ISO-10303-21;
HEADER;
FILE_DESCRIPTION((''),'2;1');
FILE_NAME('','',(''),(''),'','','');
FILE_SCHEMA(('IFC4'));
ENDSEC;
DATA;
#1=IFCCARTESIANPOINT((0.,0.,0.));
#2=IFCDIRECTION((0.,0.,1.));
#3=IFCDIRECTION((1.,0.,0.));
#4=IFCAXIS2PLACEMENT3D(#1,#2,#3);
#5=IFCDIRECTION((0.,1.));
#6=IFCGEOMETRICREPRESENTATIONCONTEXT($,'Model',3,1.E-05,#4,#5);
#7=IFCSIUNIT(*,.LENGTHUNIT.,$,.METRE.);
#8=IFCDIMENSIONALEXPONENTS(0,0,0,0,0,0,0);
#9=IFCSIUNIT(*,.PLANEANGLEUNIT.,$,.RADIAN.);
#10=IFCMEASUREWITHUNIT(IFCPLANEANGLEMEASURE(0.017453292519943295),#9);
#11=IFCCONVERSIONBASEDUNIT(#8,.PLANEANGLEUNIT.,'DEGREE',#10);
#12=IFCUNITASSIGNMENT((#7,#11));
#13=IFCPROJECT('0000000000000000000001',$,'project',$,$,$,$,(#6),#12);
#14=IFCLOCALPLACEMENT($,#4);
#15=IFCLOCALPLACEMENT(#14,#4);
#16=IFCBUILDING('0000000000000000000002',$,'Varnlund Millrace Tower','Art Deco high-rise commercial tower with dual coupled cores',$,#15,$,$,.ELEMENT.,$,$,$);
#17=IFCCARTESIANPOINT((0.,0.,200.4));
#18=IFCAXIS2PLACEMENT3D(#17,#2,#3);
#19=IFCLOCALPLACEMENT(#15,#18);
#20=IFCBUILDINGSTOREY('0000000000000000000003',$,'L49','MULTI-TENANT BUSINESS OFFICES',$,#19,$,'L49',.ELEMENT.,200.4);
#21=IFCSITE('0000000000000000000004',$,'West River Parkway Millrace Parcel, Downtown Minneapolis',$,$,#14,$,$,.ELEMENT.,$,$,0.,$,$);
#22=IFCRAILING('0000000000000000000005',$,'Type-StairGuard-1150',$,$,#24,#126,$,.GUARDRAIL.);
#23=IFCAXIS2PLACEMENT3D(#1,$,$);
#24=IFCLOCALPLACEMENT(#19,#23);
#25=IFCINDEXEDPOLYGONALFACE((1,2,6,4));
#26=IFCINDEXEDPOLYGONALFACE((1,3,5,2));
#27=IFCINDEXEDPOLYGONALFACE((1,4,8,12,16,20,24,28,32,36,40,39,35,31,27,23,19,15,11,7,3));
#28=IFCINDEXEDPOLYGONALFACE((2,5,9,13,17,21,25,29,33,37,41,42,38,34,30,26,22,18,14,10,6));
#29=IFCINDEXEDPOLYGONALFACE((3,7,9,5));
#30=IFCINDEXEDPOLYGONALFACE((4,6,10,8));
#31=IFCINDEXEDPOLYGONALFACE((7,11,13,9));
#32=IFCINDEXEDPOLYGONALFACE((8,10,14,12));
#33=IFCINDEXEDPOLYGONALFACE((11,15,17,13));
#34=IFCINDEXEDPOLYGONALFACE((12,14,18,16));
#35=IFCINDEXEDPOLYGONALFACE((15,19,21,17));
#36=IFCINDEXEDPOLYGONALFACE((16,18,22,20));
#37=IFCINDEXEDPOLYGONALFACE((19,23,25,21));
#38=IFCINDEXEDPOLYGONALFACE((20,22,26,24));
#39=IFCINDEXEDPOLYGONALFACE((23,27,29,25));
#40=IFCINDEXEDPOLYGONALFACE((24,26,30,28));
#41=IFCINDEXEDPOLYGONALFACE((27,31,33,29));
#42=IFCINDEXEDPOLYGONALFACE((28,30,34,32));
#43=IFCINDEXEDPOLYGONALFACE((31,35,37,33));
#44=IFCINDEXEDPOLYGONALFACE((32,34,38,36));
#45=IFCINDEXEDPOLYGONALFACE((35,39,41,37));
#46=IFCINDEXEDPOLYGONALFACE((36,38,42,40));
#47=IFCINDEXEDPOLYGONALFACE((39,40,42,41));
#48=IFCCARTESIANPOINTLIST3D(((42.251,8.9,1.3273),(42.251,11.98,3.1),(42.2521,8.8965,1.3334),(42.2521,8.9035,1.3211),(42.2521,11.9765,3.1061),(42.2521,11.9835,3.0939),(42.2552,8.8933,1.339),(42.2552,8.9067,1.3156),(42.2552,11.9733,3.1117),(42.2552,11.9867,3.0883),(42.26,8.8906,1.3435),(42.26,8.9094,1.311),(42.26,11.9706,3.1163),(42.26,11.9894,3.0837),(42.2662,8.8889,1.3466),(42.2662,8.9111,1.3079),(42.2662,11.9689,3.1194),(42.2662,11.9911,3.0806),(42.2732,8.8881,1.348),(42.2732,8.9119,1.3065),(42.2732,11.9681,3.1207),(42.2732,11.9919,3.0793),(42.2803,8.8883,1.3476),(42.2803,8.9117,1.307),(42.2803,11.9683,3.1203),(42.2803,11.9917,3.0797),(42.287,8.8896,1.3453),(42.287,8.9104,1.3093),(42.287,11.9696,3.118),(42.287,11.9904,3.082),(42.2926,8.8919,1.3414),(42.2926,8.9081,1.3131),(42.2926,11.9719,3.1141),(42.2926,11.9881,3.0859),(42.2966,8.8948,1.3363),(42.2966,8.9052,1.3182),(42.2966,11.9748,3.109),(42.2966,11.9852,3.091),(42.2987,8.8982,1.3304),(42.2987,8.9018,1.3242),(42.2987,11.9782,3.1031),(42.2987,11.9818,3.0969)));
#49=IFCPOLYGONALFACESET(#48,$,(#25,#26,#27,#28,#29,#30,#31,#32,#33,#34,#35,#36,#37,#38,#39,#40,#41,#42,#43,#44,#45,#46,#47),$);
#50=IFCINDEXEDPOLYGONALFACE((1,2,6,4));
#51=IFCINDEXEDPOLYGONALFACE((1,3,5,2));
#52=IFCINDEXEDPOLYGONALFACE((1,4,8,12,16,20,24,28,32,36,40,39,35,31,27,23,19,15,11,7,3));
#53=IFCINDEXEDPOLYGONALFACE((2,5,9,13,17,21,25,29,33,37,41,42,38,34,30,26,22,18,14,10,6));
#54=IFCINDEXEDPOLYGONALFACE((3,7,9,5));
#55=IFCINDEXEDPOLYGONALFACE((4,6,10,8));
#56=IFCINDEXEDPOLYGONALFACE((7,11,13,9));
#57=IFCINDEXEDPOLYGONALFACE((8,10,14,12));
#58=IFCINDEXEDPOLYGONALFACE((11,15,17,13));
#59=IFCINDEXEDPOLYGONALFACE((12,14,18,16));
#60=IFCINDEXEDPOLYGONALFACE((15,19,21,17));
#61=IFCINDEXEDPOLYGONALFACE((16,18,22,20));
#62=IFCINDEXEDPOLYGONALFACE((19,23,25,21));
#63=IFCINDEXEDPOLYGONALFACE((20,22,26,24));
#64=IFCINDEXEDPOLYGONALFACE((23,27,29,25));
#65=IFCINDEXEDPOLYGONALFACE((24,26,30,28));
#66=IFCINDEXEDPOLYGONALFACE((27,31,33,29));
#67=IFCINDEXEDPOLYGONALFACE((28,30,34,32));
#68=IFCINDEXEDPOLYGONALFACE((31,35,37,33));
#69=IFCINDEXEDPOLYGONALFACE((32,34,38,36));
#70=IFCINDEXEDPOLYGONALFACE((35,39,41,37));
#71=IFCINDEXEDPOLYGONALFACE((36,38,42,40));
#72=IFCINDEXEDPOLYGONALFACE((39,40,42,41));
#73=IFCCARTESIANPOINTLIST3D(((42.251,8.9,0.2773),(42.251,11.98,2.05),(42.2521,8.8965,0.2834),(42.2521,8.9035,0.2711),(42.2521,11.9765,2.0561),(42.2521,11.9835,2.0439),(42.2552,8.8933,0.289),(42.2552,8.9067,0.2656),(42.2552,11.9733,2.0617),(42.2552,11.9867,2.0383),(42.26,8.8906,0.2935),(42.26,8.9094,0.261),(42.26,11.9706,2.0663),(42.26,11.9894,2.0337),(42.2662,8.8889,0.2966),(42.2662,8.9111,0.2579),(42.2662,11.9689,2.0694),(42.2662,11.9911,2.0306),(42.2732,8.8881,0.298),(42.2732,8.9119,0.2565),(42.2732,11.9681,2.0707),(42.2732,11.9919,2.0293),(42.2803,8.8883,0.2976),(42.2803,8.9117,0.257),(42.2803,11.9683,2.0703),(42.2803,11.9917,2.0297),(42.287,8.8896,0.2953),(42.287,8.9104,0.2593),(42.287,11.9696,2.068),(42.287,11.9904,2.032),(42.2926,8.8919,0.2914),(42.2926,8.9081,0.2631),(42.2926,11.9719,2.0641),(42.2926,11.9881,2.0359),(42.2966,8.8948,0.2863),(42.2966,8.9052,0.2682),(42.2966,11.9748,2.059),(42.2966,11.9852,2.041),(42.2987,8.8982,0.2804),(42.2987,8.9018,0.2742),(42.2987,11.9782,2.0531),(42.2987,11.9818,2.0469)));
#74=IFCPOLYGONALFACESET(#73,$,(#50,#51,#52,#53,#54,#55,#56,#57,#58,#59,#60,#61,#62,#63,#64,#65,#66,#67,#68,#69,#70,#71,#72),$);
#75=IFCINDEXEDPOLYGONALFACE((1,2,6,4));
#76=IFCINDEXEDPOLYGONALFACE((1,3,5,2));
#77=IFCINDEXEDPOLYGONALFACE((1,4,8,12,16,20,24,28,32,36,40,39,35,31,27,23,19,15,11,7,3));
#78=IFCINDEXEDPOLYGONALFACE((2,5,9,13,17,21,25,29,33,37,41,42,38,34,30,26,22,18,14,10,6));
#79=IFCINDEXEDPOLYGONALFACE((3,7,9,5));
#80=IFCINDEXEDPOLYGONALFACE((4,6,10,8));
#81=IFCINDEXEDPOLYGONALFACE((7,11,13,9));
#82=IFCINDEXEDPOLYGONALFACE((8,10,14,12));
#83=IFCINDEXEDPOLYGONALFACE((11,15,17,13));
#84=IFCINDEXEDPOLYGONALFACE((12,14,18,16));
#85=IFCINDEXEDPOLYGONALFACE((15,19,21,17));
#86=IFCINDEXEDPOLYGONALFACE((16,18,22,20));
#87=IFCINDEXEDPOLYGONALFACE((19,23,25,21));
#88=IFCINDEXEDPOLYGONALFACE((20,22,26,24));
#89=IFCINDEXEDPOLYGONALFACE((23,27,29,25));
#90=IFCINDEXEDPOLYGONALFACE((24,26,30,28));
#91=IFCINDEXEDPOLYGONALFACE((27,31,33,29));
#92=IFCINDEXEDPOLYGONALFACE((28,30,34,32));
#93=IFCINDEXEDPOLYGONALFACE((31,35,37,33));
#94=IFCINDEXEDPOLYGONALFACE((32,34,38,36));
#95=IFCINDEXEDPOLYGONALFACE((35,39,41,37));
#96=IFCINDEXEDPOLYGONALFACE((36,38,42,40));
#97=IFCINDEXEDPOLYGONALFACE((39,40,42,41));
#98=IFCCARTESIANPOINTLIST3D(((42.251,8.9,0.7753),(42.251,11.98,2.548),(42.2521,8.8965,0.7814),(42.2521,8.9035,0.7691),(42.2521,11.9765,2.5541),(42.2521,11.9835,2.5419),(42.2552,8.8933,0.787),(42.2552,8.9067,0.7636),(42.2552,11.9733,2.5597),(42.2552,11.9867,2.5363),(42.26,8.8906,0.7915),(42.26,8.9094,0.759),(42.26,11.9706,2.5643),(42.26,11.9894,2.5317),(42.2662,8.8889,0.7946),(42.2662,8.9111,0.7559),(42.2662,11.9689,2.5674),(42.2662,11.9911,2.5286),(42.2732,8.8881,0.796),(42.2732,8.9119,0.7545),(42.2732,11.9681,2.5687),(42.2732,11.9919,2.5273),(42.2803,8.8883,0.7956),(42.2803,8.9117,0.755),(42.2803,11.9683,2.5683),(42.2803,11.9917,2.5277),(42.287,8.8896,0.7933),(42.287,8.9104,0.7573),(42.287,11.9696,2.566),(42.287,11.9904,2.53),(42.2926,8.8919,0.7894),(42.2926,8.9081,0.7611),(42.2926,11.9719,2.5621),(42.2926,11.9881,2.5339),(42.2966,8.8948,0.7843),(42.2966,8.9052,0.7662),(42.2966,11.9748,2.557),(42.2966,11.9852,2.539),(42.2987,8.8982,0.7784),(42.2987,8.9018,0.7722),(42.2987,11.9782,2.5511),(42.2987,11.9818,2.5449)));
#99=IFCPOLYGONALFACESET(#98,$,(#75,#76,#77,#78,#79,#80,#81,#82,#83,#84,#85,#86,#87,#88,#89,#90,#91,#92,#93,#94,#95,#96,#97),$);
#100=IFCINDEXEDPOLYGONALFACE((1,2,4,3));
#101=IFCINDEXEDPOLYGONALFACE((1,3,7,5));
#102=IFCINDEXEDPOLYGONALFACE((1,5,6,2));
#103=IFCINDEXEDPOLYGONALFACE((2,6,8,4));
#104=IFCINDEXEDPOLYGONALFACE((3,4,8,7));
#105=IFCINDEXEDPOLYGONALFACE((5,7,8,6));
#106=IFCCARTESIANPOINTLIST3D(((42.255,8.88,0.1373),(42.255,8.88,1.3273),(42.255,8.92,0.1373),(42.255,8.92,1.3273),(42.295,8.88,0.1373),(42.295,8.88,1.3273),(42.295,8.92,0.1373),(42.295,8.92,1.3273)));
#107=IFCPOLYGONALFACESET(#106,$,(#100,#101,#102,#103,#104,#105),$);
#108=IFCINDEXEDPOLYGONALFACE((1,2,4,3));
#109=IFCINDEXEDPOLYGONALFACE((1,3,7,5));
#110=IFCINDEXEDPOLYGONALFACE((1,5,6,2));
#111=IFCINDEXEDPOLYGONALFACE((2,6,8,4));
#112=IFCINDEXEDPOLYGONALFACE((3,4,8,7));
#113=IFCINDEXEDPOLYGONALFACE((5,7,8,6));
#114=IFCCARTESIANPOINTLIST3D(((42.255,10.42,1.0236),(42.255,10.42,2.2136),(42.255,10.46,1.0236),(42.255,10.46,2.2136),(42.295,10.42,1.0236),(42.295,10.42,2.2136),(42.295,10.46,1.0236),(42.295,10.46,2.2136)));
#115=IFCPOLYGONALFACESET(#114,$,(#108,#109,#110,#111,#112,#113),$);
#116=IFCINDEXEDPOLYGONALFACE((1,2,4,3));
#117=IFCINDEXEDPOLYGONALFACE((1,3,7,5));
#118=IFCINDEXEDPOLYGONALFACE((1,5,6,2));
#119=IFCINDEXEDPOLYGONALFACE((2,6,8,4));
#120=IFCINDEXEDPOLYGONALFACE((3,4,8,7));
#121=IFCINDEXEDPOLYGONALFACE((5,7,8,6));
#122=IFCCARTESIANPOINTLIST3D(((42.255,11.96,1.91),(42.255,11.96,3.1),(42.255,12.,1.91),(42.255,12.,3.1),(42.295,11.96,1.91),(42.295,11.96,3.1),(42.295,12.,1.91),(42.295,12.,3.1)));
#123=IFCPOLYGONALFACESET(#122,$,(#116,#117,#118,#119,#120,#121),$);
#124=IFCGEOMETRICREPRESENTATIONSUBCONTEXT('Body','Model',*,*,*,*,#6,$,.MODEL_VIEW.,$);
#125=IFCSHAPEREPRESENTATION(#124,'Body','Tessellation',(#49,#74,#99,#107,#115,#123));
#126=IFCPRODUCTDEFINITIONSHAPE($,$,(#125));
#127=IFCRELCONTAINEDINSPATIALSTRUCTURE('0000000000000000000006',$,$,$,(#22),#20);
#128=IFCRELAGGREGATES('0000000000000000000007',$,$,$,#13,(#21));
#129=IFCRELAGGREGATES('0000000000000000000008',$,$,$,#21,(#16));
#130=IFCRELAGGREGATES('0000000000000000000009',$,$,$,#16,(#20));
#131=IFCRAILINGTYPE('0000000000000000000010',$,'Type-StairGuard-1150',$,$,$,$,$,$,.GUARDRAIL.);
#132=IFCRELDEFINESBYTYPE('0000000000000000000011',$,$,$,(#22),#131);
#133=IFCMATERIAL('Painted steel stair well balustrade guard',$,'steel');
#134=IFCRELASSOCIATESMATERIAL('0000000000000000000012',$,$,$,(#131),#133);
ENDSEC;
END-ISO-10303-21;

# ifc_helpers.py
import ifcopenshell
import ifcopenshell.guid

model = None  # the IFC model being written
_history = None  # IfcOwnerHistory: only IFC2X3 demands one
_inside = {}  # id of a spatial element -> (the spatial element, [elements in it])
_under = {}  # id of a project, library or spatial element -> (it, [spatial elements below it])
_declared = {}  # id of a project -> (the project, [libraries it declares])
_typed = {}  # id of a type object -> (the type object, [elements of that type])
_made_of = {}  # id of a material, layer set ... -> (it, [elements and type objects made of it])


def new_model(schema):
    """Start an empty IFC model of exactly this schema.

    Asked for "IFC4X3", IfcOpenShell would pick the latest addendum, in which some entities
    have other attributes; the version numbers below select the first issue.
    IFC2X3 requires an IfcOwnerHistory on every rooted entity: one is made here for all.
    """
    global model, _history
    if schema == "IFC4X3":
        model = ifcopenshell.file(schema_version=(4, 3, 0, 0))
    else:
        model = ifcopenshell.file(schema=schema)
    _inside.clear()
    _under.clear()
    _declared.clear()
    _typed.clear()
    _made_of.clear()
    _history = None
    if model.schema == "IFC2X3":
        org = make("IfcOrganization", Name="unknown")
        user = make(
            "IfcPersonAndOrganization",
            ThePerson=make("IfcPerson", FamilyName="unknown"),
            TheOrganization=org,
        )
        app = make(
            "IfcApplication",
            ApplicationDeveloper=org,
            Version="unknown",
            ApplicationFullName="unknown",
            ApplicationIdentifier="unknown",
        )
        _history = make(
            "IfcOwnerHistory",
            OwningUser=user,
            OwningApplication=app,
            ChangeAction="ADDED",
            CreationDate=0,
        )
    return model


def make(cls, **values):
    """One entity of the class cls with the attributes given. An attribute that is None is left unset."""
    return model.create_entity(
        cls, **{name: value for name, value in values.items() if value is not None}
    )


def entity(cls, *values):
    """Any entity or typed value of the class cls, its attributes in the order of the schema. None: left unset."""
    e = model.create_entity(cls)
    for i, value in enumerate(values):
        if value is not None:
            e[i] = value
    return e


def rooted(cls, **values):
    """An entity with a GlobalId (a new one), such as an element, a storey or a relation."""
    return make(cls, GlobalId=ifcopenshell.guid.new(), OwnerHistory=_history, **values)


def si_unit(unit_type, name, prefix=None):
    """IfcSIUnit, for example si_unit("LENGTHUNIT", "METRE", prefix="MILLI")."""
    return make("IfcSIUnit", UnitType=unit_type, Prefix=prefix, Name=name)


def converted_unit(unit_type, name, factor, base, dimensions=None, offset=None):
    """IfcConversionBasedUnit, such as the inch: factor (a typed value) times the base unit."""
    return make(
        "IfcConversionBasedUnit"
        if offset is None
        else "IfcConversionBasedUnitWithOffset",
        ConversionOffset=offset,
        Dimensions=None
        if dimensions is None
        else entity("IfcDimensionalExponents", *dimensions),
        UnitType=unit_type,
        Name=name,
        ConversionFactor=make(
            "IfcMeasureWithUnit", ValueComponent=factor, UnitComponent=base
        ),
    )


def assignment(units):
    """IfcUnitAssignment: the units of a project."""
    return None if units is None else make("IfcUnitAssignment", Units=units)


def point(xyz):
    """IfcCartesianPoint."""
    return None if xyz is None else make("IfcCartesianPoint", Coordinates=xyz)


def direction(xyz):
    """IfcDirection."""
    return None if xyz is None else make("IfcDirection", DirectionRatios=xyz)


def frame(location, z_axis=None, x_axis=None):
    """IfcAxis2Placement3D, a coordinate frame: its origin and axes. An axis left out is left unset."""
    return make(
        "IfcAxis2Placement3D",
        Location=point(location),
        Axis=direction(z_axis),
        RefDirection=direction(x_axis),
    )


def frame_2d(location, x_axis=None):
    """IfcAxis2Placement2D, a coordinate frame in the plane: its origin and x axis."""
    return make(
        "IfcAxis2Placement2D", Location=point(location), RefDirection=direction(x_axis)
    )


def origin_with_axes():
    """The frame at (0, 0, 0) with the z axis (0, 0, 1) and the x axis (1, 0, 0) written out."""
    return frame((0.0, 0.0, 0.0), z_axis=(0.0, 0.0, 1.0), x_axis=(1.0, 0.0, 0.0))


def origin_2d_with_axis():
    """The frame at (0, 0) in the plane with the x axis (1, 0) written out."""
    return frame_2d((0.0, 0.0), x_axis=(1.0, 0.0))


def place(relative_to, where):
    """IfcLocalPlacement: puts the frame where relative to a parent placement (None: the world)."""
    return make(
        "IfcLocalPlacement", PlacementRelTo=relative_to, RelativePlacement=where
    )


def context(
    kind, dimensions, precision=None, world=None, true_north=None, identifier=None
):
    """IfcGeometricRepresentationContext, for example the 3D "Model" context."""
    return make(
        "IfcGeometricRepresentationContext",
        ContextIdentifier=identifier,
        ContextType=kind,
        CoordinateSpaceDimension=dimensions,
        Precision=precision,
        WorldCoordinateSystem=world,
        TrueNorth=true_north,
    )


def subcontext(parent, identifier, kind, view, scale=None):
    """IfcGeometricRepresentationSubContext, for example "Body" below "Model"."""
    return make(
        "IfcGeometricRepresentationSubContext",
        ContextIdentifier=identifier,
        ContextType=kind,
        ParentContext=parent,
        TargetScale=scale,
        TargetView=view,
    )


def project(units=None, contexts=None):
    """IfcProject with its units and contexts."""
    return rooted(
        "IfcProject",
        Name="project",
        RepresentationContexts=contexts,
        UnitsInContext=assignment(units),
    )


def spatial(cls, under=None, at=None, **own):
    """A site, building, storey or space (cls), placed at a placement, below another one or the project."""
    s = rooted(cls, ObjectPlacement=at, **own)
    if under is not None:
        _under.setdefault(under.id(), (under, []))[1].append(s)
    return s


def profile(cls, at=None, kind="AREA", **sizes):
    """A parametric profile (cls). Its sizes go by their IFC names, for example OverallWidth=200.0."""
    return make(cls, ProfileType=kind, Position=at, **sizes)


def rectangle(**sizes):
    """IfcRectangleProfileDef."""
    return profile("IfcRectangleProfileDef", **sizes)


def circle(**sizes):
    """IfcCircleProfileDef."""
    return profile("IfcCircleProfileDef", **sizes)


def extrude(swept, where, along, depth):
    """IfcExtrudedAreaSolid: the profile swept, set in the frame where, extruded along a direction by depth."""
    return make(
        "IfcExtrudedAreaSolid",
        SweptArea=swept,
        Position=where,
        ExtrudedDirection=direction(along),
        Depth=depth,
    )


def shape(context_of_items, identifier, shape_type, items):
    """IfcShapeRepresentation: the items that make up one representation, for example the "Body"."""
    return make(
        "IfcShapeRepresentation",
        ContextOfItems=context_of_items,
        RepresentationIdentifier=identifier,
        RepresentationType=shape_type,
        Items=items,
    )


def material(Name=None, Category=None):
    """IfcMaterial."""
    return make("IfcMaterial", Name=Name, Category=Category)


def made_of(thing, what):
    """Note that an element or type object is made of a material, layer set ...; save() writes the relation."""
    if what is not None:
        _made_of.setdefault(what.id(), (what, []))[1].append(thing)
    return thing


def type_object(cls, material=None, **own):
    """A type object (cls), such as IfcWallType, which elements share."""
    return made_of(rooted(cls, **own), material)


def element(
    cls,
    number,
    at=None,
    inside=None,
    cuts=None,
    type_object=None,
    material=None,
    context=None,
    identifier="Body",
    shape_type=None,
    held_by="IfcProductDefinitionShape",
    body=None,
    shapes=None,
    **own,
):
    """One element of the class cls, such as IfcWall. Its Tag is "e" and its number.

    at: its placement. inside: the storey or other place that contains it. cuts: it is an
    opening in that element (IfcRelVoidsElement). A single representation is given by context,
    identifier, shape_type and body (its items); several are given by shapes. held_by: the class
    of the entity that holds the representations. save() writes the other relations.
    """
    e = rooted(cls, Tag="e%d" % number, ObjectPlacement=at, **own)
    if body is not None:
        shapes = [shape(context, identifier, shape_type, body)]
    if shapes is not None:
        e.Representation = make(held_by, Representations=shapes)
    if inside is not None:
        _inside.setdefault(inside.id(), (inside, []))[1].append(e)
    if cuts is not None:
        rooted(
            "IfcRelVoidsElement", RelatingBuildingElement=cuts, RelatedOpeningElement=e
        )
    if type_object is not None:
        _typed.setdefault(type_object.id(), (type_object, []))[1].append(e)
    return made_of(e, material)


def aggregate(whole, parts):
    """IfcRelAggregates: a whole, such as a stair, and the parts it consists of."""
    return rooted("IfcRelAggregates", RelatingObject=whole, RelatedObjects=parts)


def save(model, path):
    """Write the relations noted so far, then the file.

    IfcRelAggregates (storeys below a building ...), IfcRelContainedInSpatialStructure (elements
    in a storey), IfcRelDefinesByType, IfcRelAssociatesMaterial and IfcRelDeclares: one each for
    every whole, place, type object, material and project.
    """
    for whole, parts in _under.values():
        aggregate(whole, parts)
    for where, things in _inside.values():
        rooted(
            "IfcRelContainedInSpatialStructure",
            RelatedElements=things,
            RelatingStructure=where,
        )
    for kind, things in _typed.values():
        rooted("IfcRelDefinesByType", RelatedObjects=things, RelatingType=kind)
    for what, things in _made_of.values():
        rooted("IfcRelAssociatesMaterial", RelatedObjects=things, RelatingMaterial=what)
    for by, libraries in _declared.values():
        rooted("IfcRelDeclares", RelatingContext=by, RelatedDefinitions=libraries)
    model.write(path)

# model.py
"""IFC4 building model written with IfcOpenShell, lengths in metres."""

from ifc_helpers import new_model, entity, si_unit, converted_unit, direction, frame, origin_with_axes, origin_2d_with_axis, place, context, subcontext, project, spatial, rectangle, circle, extrude, material, type_object, element, save


model = new_model("IFC4")

# Units and contexts
model_context = context("Model", 3, precision=1e-05, world=origin_with_axes(), true_north=direction((0.0, 1.0)))
body_context = subcontext(model_context, "Body", "Model", "MODEL_VIEW")
ifc_project = project(units=[si_unit("LENGTHUNIT", "METRE"), converted_unit("PLANEANGLEUNIT", "DEGREE", entity("IfcPlaneAngleMeasure", 0.017453292519943295), si_unit("PLANEANGLEUNIT", "RADIAN"), dimensions=[0, 0, 0, 0, 0, 0, 0])], contexts=[model_context])

# Site, building, storey
site_placement = place(None, origin_with_axes())
site = spatial("IfcSite", under=ifc_project, at=site_placement, Name="West River Parkway Millrace Parcel, Downtown Minneapolis", CompositionType="ELEMENT", RefElevation=0.0)
building_placement = place(site_placement, origin_with_axes())
building = spatial("IfcBuilding", under=site, at=building_placement, Name="Varnlund Millrace Tower", Description="Art Deco high-rise commercial tower with dual coupled cores", CompositionType="ELEMENT")
storey_placement = place(building_placement, frame((0.0, 0.0, 200.4), z_axis=(0.0, 0.0, 1.0), x_axis=(1.0, 0.0, 0.0)))
storey = spatial("IfcBuildingStorey", under=building, at=storey_placement, Name="L49", Description="MULTI-TENANT BUSINESS OFFICES", LongName="L49", CompositionType="ELEMENT", Elevation=200.4)

# Railing
ifc_material_1 = material(Name="Painted steel stair well balustrade guard", Category="steel")
railing_type_1 = type_object("IfcRailingType", Name="Type-StairGuard-1150", PredefinedType="GUARDRAIL", material=ifc_material_1)
railing_1_placement = place(storey_placement, frame((0.0, 0.0, -200.4), z_axis=(0.0, 0.0, 1.0), x_axis=(1.0, 0.0, 0.0)))
element("IfcRailing", 1, at=railing_1_placement, inside=storey, type_object=railing_type_1, Name="Type-StairGuard-1150", PredefinedType="GUARDRAIL", context=body_context, shape_type="SweptSolid", body=[
    extrude(circle(Radius=0.024, at=origin_2d_with_axis()), frame((42.275, 8.9, 201.7273), z_axis=(0.0, 0.866696, 0.498836), x_axis=(-1.0, 0.0, 0.0)), (0.0, 0.0, 1.0), 3.5537),
    extrude(circle(Radius=0.024, at=origin_2d_with_axis()), frame((42.275, 8.9, 200.6773), z_axis=(0.0, 0.866696, 0.498836), x_axis=(-1.0, 0.0, 0.0)), (0.0, 0.0, 1.0), 3.5537),
    extrude(circle(Radius=0.024, at=origin_2d_with_axis()), frame((42.275, 8.9, 201.1753), z_axis=(0.0, 0.866696, 0.498836), x_axis=(-1.0, 0.0, 0.0)), (0.0, 0.0, 1.0), 3.5537),
    extrude(rectangle(XDim=0.04, YDim=0.04, at=origin_2d_with_axis()), frame((42.275, 8.9, 200.5373), z_axis=(0.0, 0.0, 1.0), x_axis=(1.0, 0.0, 0.0)), (0.0, 0.0, 1.0), 1.19),
    extrude(rectangle(XDim=0.04, YDim=0.04, at=origin_2d_with_axis()), frame((42.275, 10.44, 201.4236), z_axis=(0.0, 0.0, 1.0), x_axis=(1.0, 0.0, 0.0)), (0.0, 0.0, 1.0), 1.19),
    extrude(rectangle(XDim=0.04, YDim=0.04, at=origin_2d_with_axis()), frame((42.275, 11.98, 202.31), z_axis=(0.0, 0.0, 1.0), x_axis=(1.0, 0.0, 0.0)), (0.0, 0.0, 1.0), 1.19),
])

save(model, "model.ifc")
